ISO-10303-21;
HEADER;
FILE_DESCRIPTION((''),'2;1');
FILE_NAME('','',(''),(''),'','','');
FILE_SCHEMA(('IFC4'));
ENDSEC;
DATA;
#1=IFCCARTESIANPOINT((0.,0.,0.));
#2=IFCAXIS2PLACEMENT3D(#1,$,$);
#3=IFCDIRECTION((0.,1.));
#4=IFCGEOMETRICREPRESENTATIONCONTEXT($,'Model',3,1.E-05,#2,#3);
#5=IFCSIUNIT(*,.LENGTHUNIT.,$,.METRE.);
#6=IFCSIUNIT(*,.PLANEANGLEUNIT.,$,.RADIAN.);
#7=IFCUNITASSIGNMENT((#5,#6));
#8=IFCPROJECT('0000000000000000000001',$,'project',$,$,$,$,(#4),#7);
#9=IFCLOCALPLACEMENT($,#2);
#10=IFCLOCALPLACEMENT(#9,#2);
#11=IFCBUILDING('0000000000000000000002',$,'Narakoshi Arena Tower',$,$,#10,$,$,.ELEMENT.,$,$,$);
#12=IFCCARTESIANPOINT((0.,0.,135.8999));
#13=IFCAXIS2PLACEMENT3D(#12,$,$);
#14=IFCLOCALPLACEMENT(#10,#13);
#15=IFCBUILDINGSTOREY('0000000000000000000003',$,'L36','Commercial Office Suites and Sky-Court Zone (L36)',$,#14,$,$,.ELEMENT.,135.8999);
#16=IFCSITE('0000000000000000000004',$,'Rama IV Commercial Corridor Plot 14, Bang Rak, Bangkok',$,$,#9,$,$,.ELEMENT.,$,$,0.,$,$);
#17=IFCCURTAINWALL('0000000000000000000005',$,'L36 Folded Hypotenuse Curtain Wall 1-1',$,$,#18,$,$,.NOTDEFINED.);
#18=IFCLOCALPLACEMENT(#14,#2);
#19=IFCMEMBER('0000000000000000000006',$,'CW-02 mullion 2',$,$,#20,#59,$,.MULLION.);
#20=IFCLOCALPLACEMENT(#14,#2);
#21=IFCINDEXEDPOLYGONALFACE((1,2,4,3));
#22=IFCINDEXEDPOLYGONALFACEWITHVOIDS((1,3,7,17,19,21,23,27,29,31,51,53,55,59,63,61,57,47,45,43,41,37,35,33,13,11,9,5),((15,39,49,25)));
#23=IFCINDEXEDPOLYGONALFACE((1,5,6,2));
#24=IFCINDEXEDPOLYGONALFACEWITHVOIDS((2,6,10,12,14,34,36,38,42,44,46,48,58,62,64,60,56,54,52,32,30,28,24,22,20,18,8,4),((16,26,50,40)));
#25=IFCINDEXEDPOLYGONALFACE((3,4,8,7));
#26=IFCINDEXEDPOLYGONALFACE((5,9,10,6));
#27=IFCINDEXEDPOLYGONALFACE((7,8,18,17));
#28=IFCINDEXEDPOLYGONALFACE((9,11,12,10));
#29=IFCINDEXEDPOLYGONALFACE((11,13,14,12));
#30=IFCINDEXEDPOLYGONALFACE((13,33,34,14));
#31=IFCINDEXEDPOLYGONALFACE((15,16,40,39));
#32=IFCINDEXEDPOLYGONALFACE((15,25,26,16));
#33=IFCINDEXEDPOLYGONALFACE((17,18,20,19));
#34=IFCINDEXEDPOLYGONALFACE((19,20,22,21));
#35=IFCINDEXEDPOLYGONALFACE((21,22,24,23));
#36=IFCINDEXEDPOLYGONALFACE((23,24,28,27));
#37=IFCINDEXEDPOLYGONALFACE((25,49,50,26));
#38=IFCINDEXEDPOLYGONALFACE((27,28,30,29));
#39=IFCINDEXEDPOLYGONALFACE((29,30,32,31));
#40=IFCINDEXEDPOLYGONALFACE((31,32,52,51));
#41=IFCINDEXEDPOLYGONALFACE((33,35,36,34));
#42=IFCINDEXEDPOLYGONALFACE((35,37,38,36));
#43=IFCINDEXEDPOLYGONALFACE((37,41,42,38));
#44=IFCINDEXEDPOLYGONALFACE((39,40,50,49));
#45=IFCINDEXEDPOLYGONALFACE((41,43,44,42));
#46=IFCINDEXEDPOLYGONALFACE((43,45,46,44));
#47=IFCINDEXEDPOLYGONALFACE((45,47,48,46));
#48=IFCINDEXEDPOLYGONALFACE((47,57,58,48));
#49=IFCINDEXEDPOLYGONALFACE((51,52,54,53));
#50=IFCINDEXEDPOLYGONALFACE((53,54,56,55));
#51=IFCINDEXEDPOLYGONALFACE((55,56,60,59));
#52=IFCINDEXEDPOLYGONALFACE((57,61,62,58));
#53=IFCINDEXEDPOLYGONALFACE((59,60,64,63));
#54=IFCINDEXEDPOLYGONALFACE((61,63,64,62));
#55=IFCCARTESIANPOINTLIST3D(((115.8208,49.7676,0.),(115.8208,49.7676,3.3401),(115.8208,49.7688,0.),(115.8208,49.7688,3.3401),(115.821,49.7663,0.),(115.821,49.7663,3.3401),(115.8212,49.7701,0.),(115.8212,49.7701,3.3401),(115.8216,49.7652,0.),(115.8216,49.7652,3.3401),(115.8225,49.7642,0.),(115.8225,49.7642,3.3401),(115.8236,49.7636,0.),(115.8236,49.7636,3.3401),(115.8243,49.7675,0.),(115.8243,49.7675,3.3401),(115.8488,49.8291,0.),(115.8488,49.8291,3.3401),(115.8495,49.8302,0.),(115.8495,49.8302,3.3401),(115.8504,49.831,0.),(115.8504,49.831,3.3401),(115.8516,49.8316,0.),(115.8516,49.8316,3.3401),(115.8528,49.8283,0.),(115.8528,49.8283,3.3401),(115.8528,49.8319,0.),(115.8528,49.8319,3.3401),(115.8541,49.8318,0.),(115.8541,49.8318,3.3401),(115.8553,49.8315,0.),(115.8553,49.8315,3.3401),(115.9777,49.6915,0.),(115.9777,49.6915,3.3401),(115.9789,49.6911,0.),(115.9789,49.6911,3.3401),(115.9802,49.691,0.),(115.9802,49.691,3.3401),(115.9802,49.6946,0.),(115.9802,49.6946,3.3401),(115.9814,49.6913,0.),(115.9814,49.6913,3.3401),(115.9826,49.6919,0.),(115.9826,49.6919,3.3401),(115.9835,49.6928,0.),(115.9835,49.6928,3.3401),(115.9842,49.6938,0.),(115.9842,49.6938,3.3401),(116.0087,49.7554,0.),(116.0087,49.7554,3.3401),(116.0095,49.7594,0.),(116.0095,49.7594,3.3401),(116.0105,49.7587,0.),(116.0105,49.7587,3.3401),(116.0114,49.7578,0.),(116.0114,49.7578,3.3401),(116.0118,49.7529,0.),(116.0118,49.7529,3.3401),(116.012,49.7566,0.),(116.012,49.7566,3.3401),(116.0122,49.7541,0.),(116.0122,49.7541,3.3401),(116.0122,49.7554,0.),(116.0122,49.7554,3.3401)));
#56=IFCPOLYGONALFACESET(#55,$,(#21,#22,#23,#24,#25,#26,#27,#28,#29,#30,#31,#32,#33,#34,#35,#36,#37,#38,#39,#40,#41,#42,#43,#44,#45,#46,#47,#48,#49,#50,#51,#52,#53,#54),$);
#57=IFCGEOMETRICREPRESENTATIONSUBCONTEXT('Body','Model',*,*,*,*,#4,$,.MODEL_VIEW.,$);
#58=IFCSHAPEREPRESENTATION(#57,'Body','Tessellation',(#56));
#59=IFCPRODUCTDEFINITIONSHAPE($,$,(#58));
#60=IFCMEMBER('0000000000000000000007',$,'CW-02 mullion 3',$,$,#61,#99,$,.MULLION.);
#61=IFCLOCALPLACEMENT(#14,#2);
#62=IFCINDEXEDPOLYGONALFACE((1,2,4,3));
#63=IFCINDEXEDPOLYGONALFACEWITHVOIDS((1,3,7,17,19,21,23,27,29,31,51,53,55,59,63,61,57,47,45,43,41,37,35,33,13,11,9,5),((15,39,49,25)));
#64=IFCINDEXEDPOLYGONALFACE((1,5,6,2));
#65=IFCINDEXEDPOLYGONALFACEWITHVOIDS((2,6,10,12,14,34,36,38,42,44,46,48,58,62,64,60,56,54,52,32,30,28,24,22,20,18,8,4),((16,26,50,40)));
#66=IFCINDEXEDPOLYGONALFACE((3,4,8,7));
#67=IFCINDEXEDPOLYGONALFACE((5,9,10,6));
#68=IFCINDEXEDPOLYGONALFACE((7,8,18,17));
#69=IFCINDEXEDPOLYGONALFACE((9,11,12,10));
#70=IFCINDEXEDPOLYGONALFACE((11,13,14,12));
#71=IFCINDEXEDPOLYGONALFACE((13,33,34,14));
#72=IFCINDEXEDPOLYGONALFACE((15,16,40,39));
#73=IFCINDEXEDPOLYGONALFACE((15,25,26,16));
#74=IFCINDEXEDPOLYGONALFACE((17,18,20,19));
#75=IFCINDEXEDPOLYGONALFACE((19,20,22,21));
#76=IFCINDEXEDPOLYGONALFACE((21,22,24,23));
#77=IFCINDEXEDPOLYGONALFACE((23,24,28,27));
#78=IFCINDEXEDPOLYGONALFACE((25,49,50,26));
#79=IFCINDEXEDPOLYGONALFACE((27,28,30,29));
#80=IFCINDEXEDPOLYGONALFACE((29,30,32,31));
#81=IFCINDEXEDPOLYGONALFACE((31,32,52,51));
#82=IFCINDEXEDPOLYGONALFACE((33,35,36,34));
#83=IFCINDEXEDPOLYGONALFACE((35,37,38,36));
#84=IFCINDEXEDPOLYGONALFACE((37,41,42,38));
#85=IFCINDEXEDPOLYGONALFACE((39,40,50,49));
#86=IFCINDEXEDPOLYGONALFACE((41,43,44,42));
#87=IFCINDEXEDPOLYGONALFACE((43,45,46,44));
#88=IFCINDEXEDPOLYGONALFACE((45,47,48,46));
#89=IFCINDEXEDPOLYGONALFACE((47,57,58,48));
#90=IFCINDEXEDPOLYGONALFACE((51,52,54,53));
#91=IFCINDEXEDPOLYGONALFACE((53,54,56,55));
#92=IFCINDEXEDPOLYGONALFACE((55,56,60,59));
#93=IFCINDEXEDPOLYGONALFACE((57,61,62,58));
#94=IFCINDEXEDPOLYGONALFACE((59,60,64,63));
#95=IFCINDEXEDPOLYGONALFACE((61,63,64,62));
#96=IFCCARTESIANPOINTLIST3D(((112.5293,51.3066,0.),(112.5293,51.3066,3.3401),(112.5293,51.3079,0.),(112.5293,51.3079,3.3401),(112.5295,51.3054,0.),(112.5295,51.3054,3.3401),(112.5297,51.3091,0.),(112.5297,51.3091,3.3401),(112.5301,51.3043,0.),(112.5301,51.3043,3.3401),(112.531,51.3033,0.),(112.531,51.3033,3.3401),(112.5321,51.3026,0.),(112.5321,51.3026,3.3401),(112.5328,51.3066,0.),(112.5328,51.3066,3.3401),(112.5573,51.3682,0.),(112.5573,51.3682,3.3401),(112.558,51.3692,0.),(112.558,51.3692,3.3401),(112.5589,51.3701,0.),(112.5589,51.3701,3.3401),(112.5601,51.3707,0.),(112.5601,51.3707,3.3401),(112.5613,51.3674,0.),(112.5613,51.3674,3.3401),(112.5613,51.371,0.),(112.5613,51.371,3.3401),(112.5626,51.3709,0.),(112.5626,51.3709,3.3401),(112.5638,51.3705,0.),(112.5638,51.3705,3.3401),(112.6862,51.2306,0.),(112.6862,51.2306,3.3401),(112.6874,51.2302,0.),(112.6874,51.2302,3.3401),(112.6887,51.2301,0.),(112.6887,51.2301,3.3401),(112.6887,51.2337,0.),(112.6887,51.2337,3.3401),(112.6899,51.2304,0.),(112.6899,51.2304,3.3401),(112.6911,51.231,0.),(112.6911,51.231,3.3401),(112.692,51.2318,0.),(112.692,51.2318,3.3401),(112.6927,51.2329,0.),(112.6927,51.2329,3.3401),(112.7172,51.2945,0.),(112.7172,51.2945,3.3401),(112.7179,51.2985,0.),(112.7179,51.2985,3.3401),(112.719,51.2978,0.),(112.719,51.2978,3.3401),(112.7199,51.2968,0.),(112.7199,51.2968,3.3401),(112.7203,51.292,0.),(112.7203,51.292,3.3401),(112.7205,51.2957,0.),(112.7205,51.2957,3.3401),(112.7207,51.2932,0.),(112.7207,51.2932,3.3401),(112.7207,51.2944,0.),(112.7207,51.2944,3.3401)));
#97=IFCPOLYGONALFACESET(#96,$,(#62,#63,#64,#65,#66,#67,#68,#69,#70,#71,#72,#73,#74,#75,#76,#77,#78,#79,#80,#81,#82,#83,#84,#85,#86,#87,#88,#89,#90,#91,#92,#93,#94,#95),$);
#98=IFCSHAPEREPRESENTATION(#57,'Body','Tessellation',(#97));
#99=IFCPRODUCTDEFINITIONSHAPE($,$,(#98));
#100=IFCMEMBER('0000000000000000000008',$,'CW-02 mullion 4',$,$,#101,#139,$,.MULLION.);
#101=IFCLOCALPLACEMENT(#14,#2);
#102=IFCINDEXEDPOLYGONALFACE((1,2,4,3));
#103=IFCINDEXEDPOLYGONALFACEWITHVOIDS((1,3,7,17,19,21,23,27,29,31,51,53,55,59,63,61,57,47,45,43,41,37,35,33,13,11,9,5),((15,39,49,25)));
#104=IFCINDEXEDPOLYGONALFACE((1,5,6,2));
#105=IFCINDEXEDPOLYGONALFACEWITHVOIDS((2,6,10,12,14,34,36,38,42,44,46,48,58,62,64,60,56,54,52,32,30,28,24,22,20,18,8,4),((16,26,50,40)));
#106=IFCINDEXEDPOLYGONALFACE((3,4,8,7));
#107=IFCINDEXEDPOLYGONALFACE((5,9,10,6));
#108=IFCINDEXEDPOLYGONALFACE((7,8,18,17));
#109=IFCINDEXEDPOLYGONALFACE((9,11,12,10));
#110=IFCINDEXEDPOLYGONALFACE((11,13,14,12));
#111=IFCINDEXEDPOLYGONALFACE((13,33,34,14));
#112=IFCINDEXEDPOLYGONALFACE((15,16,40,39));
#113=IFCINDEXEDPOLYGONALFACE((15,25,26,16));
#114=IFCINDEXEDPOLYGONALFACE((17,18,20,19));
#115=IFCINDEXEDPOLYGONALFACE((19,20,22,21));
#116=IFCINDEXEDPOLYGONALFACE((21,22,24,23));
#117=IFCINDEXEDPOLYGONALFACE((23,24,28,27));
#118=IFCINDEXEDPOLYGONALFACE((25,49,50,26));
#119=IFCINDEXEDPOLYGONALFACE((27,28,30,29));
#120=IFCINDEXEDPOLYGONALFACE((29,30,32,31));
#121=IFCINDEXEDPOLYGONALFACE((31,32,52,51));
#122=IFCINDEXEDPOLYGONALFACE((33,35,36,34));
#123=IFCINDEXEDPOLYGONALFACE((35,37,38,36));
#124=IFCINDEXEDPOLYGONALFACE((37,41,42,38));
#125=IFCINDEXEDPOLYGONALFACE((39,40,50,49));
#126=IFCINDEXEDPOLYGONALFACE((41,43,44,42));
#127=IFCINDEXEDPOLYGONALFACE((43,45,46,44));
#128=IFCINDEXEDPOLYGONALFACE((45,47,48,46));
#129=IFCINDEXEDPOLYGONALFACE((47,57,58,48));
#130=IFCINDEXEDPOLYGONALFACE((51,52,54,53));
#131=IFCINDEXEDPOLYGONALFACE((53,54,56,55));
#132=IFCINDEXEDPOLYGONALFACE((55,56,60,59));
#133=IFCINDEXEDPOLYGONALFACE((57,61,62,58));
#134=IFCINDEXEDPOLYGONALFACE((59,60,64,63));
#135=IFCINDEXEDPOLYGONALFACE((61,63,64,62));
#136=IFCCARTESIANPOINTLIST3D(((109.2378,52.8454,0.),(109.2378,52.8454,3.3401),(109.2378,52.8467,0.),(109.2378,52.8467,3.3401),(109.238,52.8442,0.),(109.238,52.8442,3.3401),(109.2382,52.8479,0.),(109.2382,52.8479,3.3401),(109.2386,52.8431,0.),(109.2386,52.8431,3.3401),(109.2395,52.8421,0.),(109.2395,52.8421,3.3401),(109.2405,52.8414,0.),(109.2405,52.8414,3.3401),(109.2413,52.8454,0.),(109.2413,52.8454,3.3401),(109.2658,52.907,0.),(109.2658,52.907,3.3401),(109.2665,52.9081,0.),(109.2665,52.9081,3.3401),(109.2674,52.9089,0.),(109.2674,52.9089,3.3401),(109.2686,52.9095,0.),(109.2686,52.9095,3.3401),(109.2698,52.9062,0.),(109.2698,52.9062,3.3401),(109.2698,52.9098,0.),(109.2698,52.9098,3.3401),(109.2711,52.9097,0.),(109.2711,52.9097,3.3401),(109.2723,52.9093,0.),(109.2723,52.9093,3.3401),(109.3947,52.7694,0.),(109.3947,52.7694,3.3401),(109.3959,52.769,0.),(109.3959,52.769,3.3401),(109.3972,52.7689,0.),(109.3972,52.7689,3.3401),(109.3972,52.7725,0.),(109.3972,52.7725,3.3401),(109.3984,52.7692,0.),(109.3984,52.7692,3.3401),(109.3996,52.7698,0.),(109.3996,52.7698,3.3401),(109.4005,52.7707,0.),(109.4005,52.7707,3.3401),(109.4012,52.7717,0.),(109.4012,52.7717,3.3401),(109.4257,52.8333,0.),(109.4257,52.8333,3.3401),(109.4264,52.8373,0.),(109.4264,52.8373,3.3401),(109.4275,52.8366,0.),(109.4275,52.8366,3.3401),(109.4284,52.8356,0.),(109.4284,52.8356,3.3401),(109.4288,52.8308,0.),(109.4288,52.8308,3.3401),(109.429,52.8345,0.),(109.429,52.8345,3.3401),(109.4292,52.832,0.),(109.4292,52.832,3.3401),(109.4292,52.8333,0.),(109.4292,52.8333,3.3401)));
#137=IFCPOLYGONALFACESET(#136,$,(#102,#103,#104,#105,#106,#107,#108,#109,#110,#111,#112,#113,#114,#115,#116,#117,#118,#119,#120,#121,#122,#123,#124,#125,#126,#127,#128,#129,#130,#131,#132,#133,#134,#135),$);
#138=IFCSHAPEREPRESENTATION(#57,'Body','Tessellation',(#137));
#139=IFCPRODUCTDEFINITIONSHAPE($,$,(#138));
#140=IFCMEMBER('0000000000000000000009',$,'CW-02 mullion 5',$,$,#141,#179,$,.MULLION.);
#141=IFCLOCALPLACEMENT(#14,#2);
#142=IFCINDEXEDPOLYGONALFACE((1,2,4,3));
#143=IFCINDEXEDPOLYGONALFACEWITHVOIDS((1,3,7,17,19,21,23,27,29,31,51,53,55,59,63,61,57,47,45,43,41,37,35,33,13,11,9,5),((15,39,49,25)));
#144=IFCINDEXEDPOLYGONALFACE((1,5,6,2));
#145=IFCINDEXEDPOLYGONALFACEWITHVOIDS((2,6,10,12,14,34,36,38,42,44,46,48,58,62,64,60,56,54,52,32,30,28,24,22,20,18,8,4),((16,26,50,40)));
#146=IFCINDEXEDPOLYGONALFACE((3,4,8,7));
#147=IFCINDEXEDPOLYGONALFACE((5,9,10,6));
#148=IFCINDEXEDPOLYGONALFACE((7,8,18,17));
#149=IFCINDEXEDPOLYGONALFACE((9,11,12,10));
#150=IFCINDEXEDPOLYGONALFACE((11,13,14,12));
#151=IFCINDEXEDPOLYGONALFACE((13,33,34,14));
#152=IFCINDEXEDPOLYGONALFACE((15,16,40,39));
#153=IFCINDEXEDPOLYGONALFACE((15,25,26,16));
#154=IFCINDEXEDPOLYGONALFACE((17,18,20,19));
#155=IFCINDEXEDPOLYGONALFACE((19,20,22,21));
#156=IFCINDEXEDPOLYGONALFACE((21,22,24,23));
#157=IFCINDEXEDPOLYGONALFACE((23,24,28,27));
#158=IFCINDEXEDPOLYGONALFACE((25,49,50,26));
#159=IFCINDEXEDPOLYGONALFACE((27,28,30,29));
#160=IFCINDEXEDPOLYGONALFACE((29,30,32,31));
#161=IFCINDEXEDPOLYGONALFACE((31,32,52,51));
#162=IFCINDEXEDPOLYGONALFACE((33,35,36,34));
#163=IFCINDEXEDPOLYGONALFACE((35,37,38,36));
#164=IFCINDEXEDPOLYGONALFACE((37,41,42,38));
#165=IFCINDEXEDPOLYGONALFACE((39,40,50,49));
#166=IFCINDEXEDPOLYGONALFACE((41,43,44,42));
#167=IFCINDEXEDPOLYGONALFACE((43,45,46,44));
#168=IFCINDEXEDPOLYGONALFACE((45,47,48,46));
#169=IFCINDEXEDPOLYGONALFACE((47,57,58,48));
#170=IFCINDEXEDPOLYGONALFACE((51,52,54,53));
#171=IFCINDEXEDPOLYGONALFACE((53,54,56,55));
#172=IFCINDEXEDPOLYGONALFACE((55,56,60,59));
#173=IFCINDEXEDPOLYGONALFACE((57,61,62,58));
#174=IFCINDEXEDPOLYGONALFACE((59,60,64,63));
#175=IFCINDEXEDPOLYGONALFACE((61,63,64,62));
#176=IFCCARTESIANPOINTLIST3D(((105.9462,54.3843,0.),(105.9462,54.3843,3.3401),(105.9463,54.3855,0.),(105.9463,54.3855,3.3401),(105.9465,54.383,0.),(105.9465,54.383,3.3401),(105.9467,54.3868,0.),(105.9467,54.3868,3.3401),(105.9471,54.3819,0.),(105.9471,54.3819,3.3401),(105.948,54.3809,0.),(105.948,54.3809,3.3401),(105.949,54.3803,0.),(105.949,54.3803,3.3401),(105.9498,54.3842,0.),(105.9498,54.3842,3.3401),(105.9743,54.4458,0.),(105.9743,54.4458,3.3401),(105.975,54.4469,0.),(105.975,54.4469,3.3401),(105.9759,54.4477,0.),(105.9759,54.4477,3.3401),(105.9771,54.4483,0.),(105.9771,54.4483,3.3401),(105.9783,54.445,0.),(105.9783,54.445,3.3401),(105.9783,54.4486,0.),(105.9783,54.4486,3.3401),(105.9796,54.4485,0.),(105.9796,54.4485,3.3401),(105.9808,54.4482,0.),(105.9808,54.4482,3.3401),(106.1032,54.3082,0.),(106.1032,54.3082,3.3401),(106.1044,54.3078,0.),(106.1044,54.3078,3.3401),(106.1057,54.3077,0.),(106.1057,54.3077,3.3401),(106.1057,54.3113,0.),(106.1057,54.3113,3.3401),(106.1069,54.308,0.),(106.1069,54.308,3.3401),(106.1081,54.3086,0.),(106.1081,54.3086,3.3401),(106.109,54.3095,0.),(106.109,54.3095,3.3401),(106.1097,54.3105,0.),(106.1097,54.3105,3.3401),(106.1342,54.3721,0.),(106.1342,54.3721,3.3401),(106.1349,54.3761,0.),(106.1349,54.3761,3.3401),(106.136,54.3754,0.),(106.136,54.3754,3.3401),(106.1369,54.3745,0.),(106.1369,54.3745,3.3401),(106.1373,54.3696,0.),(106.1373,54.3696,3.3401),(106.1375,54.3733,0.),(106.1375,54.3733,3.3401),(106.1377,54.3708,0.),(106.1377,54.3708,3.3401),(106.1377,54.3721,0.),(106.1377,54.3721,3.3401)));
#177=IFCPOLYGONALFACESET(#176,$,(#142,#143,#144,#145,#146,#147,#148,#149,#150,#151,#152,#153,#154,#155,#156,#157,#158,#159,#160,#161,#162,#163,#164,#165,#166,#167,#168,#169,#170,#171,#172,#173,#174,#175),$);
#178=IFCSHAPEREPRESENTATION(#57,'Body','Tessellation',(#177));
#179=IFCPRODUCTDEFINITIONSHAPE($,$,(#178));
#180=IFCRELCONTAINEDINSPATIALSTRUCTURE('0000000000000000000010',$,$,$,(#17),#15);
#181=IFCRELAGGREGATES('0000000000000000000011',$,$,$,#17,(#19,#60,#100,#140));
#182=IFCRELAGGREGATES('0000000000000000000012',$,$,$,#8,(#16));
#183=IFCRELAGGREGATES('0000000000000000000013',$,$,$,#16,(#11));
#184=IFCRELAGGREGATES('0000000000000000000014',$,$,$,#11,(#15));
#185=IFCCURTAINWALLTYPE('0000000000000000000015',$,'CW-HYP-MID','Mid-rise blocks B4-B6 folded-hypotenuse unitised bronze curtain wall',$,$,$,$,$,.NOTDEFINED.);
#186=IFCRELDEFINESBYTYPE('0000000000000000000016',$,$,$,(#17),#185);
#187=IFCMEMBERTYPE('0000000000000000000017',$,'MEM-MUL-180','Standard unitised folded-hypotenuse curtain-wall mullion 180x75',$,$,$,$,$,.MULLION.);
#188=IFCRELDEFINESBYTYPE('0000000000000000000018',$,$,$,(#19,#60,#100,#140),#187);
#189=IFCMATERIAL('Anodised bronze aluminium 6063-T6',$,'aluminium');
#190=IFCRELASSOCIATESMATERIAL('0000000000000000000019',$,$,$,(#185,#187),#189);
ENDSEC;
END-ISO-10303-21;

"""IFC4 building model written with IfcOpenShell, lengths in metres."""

from ifc_helpers import new_model, si_unit, direction, frame, origin, origin_2d, place, context, subcontext, project, spatial, hollow_rectangle, extrude, material, material_profile, profile_set, type_object, element, aggregate, save


model = new_model("IFC4")

# Units and contexts
model_context = context("Model", 3, precision=1e-05, world=origin(), true_north=direction((0.0, 1.0)))
body_context = subcontext(model_context, "Body", "Model", "MODEL_VIEW")
ifc_project = project(units=[si_unit("LENGTHUNIT", "METRE"), si_unit("PLANEANGLEUNIT", "RADIAN")], contexts=[model_context])

# Site, building, storey
site_placement = place(None, origin())
site = spatial("IfcSite", under=ifc_project, at=site_placement, Name="Rama IV Commercial Corridor Plot 14, Bang Rak, Bangkok", CompositionType="ELEMENT", RefElevation=0.0)
building_placement = place(site_placement, origin())
building = spatial("IfcBuilding", under=site, at=building_placement, Name="Narakoshi Arena Tower", CompositionType="ELEMENT")
storey_placement = place(building_placement, frame((0.0, 0.0, 135.8999)))
storey = spatial("IfcBuildingStorey", under=building, at=storey_placement, Name="L36", Description="Commercial Office Suites and Sky-Court Zone (L36)", CompositionType="ELEMENT", Elevation=135.8999)

# Curtain wall, members
ifc_material_1 = material(Name="Anodised bronze aluminium 6063-T6", Category="aluminium")
curtain_wall_type = type_object("IfcCurtainWallType", Name="CW-HYP-MID", Description="Mid-rise blocks B4-B6 folded-hypotenuse unitised bronze curtain wall", PredefinedType="NOTDEFINED", material=ifc_material_1)
curtain_wall_placement = place(storey_placement, origin())
curtain_wall = element("IfcCurtainWall", 1, at=curtain_wall_placement, inside=storey, type_object=curtain_wall_type, Name="L36 Folded Hypotenuse Curtain Wall 1-1", PredefinedType="NOTDEFINED")
ifc_material_profile_1 = material_profile(ifc_material_1, hollow_rectangle(XDim=0.075, YDim=0.1799, WallThickness=0.0039, OuterFilletRadius=0.0049, at=origin_2d()), Name="MUL180x75x4")
ifc_profile_set_1 = profile_set([ifc_material_profile_1], Name="Anodised bronze aluminium 6063-T6")
member_type_1 = type_object("IfcMemberType", Name="MEM-MUL-180", Description="Standard unitised folded-hypotenuse curtain-wall mullion 180x75", PredefinedType="MULLION", material=ifc_profile_set_1)
member_1_placement = place(storey_placement, frame((115.9165, 49.7615, 0.0), z_axis=(0.0, 0.0, 1.0), x_axis=(-0.423532, -0.905881, 0.0)))
member_1 = element("IfcMember", 2, at=member_1_placement, type_object=member_type_1, Name="CW-02 mullion 2", PredefinedType="MULLION", context=body_context, shape_type="SweptSolid", body=[
    extrude(hollow_rectangle(XDim=0.075, YDim=0.1799, WallThickness=0.0039, OuterFilletRadius=0.0049, at=origin_2d()), origin(), (0.0, 0.0, 1.0), 3.3401),
])
member_2_placement = place(storey_placement, frame((112.625, 51.3005, 0.0), z_axis=(0.0, 0.0, 1.0), x_axis=(-0.423532, -0.905881, 0.0)))
member_2 = element("IfcMember", 3, at=member_2_placement, type_object=member_type_1, Name="CW-02 mullion 3", PredefinedType="MULLION", context=body_context, shape_type="SweptSolid", body=[
    extrude(hollow_rectangle(XDim=0.075, YDim=0.1799, WallThickness=0.0039, OuterFilletRadius=0.0049, at=origin_2d()), origin(), (0.0, 0.0, 1.0), 3.3401),
])
member_3_placement = place(storey_placement, frame((109.3335, 52.8394, 0.0), z_axis=(0.0, 0.0, 1.0), x_axis=(-0.423532, -0.905881, 0.0)))
member_3 = element("IfcMember", 4, at=member_3_placement, type_object=member_type_1, Name="CW-02 mullion 4", PredefinedType="MULLION", context=body_context, shape_type="SweptSolid", body=[
    extrude(hollow_rectangle(XDim=0.075, YDim=0.1799, WallThickness=0.0039, OuterFilletRadius=0.0049, at=origin_2d()), origin(), (0.0, 0.0, 1.0), 3.3401),
])
member_4_placement = place(storey_placement, frame((106.042, 54.3782, 0.0), z_axis=(0.0, 0.0, 1.0), x_axis=(-0.423532, -0.905881, 0.0)))
member_4 = element("IfcMember", 5, at=member_4_placement, type_object=member_type_1, Name="CW-02 mullion 5", PredefinedType="MULLION", context=body_context, shape_type="SweptSolid", body=[
    extrude(hollow_rectangle(XDim=0.075, YDim=0.1799, WallThickness=0.0039, OuterFilletRadius=0.0049, at=origin_2d()), origin(), (0.0, 0.0, 1.0), 3.3401),
])
aggregate(curtain_wall, [member_1, member_2, member_3, member_4])

save(model, "model.ifc")
